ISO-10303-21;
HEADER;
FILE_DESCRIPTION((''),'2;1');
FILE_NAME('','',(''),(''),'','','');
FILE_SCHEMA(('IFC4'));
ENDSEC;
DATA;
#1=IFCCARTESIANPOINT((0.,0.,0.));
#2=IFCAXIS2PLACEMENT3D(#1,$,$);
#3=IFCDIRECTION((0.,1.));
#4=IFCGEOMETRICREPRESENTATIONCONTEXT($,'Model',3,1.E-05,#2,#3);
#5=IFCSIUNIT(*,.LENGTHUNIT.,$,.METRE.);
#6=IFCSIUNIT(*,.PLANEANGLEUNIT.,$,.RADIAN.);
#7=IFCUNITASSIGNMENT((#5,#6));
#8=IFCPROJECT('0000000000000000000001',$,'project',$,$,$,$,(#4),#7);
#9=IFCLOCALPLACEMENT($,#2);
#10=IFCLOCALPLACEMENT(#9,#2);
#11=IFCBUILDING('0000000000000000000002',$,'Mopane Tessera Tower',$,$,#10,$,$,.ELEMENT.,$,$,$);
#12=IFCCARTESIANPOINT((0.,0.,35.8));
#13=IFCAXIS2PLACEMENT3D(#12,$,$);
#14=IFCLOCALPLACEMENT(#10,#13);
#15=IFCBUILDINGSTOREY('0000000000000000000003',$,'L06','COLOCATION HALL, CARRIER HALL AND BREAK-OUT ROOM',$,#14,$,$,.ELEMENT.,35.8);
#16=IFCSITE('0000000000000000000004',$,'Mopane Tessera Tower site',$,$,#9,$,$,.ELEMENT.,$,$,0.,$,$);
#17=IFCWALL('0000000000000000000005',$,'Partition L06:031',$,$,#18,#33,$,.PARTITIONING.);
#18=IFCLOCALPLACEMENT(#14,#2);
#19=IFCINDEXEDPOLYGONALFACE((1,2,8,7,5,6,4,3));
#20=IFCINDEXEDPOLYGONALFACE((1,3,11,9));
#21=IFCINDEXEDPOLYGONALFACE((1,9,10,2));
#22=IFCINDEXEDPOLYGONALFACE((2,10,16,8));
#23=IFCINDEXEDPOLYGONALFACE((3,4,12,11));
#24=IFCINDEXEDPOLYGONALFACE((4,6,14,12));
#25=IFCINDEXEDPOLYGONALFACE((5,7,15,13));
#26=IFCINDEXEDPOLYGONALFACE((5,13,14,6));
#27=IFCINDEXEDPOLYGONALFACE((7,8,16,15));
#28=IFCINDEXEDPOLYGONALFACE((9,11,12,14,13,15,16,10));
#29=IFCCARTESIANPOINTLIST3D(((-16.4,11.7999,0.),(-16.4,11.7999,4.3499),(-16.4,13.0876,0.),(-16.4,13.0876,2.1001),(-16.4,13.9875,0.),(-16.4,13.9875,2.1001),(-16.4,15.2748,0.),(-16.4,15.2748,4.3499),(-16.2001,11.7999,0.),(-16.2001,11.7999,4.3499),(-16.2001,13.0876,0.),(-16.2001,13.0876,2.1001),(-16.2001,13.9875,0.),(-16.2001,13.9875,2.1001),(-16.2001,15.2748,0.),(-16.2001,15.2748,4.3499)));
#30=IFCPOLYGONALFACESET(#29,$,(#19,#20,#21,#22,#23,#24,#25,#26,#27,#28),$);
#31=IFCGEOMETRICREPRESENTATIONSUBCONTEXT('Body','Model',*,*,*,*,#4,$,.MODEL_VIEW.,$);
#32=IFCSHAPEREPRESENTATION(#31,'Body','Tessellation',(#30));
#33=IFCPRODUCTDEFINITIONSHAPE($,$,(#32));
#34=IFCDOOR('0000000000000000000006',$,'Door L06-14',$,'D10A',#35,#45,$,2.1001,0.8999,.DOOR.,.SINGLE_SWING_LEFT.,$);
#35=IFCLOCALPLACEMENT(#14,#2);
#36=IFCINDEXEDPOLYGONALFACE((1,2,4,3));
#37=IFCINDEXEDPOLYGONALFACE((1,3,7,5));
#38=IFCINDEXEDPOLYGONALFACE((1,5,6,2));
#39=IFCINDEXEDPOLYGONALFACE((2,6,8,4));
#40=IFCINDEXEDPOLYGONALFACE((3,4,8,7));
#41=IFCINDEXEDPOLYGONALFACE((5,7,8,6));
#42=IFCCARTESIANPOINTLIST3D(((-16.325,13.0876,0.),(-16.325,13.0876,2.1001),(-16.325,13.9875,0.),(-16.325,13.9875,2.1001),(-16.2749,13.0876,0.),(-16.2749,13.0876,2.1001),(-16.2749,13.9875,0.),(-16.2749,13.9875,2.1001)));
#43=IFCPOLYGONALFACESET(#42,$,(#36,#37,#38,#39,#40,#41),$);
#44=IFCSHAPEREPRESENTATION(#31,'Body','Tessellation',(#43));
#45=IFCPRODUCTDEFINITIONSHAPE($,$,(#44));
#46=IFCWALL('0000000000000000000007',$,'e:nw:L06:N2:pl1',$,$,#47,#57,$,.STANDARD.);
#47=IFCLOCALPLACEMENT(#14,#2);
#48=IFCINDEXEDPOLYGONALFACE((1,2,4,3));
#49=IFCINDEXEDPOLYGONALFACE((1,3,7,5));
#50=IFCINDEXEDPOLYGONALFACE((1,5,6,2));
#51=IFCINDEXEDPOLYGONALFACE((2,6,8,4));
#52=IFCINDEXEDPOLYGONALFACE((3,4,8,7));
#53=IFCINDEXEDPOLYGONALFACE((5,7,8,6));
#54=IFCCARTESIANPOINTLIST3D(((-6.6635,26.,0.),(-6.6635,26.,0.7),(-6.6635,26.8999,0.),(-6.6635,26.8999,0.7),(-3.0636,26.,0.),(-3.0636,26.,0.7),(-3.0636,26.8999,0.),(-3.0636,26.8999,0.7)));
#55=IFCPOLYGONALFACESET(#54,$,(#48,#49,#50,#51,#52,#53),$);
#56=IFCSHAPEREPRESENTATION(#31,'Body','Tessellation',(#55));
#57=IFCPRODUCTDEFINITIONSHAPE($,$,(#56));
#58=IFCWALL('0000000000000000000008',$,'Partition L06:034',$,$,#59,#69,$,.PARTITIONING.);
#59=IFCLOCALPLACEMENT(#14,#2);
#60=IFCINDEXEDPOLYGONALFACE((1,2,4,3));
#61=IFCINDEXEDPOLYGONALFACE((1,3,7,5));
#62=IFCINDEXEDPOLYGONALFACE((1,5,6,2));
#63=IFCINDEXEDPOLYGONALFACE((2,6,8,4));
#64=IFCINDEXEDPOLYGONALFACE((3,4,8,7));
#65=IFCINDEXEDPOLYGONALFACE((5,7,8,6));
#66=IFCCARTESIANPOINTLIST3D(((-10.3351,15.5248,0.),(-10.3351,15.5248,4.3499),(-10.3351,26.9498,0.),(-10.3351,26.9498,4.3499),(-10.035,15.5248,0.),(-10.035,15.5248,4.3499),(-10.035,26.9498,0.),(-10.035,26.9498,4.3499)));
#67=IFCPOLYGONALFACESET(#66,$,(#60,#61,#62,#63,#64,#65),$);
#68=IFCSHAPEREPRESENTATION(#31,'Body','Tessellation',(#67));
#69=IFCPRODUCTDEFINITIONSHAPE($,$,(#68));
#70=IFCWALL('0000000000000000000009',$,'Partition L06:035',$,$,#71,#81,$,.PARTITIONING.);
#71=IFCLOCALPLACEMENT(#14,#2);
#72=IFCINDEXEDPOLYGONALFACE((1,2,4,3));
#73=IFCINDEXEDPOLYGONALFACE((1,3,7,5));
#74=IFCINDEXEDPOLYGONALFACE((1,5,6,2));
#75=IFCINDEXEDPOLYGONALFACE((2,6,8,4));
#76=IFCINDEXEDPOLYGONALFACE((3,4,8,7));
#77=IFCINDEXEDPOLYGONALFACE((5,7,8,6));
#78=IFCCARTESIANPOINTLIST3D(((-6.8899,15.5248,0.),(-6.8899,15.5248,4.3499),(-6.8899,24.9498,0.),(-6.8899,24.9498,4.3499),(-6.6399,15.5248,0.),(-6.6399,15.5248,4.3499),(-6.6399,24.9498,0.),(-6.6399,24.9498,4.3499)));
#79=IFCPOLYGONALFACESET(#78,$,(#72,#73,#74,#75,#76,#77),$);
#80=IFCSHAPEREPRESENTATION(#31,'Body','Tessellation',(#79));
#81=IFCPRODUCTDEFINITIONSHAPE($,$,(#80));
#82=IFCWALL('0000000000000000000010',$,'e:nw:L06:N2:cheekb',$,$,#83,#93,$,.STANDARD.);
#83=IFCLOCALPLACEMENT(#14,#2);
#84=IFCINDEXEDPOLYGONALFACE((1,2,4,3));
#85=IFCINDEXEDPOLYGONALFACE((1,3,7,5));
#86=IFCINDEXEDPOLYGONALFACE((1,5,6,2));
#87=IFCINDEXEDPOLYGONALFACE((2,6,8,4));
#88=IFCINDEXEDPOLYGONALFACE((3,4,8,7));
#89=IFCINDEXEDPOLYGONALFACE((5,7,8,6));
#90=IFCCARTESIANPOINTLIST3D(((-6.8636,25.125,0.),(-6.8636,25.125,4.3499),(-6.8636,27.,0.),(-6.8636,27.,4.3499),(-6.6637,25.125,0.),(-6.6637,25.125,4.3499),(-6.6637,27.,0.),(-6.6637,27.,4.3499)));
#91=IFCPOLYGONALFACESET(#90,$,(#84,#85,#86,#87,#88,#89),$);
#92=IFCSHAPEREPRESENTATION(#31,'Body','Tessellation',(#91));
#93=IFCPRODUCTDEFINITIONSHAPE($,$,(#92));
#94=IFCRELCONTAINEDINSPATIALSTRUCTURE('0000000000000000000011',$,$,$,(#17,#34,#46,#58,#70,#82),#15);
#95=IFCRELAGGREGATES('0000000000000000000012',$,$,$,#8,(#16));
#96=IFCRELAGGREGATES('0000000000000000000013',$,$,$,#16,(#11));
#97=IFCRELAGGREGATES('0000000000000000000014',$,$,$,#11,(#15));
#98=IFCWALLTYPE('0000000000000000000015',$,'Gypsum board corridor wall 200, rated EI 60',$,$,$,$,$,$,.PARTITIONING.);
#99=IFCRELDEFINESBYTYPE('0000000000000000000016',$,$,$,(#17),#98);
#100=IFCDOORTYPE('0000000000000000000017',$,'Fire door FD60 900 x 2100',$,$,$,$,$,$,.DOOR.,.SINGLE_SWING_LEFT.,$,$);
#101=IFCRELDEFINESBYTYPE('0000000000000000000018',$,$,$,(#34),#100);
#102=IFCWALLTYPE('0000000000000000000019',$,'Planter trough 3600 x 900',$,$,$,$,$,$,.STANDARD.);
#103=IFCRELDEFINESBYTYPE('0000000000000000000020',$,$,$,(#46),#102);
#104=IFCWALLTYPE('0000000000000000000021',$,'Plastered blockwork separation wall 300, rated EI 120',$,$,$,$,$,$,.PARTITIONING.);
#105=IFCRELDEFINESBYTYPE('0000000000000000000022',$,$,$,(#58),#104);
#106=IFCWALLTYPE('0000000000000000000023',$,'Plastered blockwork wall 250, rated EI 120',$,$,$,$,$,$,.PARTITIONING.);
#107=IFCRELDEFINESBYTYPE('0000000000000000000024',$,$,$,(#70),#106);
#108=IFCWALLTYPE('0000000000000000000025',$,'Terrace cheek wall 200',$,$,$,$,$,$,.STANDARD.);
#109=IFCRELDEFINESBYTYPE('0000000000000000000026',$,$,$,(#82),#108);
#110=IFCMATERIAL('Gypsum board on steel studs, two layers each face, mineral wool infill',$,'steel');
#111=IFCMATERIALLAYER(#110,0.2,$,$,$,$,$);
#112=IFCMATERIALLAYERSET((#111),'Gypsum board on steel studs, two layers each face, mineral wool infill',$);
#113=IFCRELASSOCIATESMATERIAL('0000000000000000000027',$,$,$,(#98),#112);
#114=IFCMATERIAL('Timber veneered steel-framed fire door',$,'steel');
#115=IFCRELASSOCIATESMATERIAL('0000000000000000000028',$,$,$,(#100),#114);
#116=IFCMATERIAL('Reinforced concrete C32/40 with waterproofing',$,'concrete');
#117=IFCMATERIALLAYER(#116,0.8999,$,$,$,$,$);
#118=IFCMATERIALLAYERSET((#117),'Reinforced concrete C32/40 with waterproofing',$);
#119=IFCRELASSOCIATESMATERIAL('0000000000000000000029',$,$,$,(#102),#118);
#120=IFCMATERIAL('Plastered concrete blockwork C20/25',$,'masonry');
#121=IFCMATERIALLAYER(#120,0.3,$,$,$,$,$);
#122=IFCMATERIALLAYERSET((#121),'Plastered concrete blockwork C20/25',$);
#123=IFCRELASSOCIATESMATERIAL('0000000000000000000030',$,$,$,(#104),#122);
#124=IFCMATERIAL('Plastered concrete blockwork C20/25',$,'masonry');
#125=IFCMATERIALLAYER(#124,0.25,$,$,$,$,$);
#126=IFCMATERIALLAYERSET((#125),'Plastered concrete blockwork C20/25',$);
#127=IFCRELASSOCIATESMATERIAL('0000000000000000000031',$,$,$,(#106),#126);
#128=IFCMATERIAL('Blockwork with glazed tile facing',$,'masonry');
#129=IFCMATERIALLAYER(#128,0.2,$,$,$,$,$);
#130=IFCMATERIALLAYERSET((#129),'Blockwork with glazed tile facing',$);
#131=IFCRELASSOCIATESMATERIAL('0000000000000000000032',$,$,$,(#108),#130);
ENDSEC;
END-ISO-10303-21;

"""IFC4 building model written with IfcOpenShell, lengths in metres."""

from ifc_helpers import new_model, si_unit, direction, frame, frame_2d, origin, place, context, subcontext, project, spatial, rectangle, extrude, material, layer, layer_set, type_object, element, fill, save


model = new_model("IFC4")

# Units and contexts
model_context = context("Model", 3, precision=1e-05, world=origin(), true_north=direction((0.0, 1.0)))
body_context = subcontext(model_context, "Body", "Model", "MODEL_VIEW")
ifc_project = project(units=[si_unit("LENGTHUNIT", "METRE"), si_unit("PLANEANGLEUNIT", "RADIAN")], contexts=[model_context])

# Site, building, storey
site_placement = place(None, origin())
site = spatial("IfcSite", under=ifc_project, at=site_placement, Name="Mopane Tessera Tower site", CompositionType="ELEMENT", RefElevation=0.0)
building_placement = place(site_placement, origin())
building = spatial("IfcBuilding", under=site, at=building_placement, Name="Mopane Tessera Tower", CompositionType="ELEMENT")
storey_placement = place(building_placement, frame((0.0, 0.0, 35.8)))
storey = spatial("IfcBuildingStorey", under=building, at=storey_placement, Name="L06", Description="COLOCATION HALL, CARRIER HALL AND BREAK-OUT ROOM", CompositionType="ELEMENT", Elevation=35.8)

# Shared definitions
ifc_material_1 = material(Name="Gypsum board on steel studs, two layers each face, mineral wool infill", Category="steel")
ifc_layer_1 = layer(ifc_material_1, 0.2)
ifc_layer_set_1 = layer_set([ifc_layer_1], Name="Gypsum board on steel studs, two layers each face, mineral wool infill")
wall_type_1 = type_object("IfcWallType", Name="Gypsum board corridor wall 200, rated EI 60", PredefinedType="PARTITIONING", material=ifc_layer_set_1)

# Wall, opening, door
wall_1_placement = place(storey_placement, frame((-16.3, 11.8, 0.0), z_axis=(0.0, 0.0, 1.0), x_axis=(0.0, 1.0, 0.0)))
wall_1 = element("IfcWall", 1, at=wall_1_placement, inside=storey, type_object=wall_type_1, Name="Partition L06:031", PredefinedType="PARTITIONING", context=body_context, shape_type="SweptSolid", body=[
    extrude(rectangle(XDim=3.4749, YDim=0.2, at=frame_2d((1.7373, 0.0))), origin(), (0.0, 0.0, 1.0), 4.3499),
])
opening_1_placement = place(wall_1_placement, frame((1.2876, 0.0, 0.0)))
opening_1 = element("IfcOpeningElement", 2, at=opening_1_placement, cuts=wall_1, PredefinedType="OPENING", context=body_context, shape_type="SweptSolid", body=[
    extrude(rectangle(XDim=0.8999, YDim=2.1001, at=frame_2d((0.45, 1.05))), frame((0.0, 0.1121, 0.0), z_axis=(0.0, -1.0, 0.0), x_axis=(1.0, 0.0, 0.0)), (0.0, 0.0, 1.0), 0.2239),
])
ifc_material_2 = material(Name="Timber veneered steel-framed fire door", Category="steel")
door_type_1 = type_object("IfcDoorType", Name="Fire door FD60 900 x 2100", OperationType="SINGLE_SWING_LEFT", PredefinedType="DOOR", material=ifc_material_2)
door_1_placement = place(opening_1_placement, origin())
door_1 = element("IfcDoor", 3, at=door_1_placement, inside=storey, type_object=door_type_1, Name="Door L06-14", ObjectType="D10A", OperationType="SINGLE_SWING_LEFT", OverallHeight=2.1001, OverallWidth=0.8999, PredefinedType="DOOR", context=body_context, shape_type="SweptSolid", body=[
    extrude(rectangle(XDim=0.8999, YDim=2.1001, at=frame_2d((0.45, 1.05))), frame((0.0, 0.0249, 0.0), z_axis=(0.0, -1.0, 0.0), x_axis=(1.0, 0.0, 0.0)), (0.0, 0.0, 1.0), 0.05),
])
fill(opening_1, door_1)

# Walls
ifc_material_3 = material(Name="Reinforced concrete C32/40 with waterproofing", Category="concrete")
ifc_layer_2 = layer(ifc_material_3, 0.8999)
ifc_layer_set_2 = layer_set([ifc_layer_2], Name="Reinforced concrete C32/40 with waterproofing")
wall_type_2 = type_object("IfcWallType", Name="Planter trough 3600 x 900", PredefinedType="STANDARD", material=ifc_layer_set_2)
wall_2_placement = place(storey_placement, frame((-3.0637, 26.45, 0.0), z_axis=(0.0, 0.0, 1.0), x_axis=(-1.0, 0.0, 0.0)))
element("IfcWall", 4, at=wall_2_placement, inside=storey, type_object=wall_type_2, Name="e:nw:L06:N2:pl1", PredefinedType="STANDARD", context=body_context, shape_type="SweptSolid", body=[
    extrude(rectangle(XDim=3.5999, YDim=0.8999, at=frame_2d((1.7998, 0.0))), origin(), (0.0, 0.0, 1.0), 0.7),
])
ifc_material_4 = material(Name="Plastered concrete blockwork C20/25", Category="masonry")
ifc_layer_3 = layer(ifc_material_4, 0.3)
ifc_layer_set_3 = layer_set([ifc_layer_3], Name="Plastered concrete blockwork C20/25")
wall_type_3 = type_object("IfcWallType", Name="Plastered blockwork separation wall 300, rated EI 120", PredefinedType="PARTITIONING", material=ifc_layer_set_3)
wall_3_placement = place(storey_placement, frame((-10.1851, 15.5249, 0.0), z_axis=(0.0, 0.0, 1.0), x_axis=(0.0, 1.0, 0.0)))
element("IfcWall", 5, at=wall_3_placement, inside=storey, type_object=wall_type_3, Name="Partition L06:034", PredefinedType="PARTITIONING", context=body_context, shape_type="SweptSolid", body=[
    extrude(rectangle(XDim=11.425, YDim=0.3, at=frame_2d((5.7124, 0.0))), origin(), (0.0, 0.0, 1.0), 4.3499),
])
ifc_material_5 = material(Name="Plastered concrete blockwork C20/25", Category="masonry")
ifc_layer_4 = layer(ifc_material_5, 0.25)
ifc_layer_set_4 = layer_set([ifc_layer_4], Name="Plastered concrete blockwork C20/25")
wall_type_4 = type_object("IfcWallType", Name="Plastered blockwork wall 250, rated EI 120", PredefinedType="PARTITIONING", material=ifc_layer_set_4)
wall_4_placement = place(storey_placement, frame((-6.7649, 15.5249, 0.0), z_axis=(0.0, 0.0, 1.0), x_axis=(0.0, 1.0, 0.0)))
element("IfcWall", 6, at=wall_4_placement, inside=storey, type_object=wall_type_4, Name="Partition L06:035", PredefinedType="PARTITIONING", context=body_context, shape_type="SweptSolid", body=[
    extrude(rectangle(XDim=9.425, YDim=0.25, at=frame_2d((4.7124, 0.0))), origin(), (0.0, 0.0, 1.0), 4.3499),
])
ifc_material_6 = material(Name="Blockwork with glazed tile facing", Category="masonry")
ifc_layer_5 = layer(ifc_material_6, 0.2)
ifc_layer_set_5 = layer_set([ifc_layer_5], Name="Blockwork with glazed tile facing")
wall_type_5 = type_object("IfcWallType", Name="Terrace cheek wall 200", PredefinedType="STANDARD", material=ifc_layer_set_5)
wall_5_placement = place(storey_placement, frame((-6.7637, 27.0, 0.0), z_axis=(0.0, 0.0, 1.0), x_axis=(0.0, -1.0, 0.0)))
element("IfcWall", 7, at=wall_5_placement, inside=storey, type_object=wall_type_5, Name="e:nw:L06:N2:cheekb", PredefinedType="STANDARD", context=body_context, shape_type="SweptSolid", body=[
    extrude(rectangle(XDim=1.875, YDim=0.2, at=frame_2d((0.9375, 0.0))), origin(), (0.0, 0.0, 1.0), 4.3499),
])

save(model, "model.ifc")
